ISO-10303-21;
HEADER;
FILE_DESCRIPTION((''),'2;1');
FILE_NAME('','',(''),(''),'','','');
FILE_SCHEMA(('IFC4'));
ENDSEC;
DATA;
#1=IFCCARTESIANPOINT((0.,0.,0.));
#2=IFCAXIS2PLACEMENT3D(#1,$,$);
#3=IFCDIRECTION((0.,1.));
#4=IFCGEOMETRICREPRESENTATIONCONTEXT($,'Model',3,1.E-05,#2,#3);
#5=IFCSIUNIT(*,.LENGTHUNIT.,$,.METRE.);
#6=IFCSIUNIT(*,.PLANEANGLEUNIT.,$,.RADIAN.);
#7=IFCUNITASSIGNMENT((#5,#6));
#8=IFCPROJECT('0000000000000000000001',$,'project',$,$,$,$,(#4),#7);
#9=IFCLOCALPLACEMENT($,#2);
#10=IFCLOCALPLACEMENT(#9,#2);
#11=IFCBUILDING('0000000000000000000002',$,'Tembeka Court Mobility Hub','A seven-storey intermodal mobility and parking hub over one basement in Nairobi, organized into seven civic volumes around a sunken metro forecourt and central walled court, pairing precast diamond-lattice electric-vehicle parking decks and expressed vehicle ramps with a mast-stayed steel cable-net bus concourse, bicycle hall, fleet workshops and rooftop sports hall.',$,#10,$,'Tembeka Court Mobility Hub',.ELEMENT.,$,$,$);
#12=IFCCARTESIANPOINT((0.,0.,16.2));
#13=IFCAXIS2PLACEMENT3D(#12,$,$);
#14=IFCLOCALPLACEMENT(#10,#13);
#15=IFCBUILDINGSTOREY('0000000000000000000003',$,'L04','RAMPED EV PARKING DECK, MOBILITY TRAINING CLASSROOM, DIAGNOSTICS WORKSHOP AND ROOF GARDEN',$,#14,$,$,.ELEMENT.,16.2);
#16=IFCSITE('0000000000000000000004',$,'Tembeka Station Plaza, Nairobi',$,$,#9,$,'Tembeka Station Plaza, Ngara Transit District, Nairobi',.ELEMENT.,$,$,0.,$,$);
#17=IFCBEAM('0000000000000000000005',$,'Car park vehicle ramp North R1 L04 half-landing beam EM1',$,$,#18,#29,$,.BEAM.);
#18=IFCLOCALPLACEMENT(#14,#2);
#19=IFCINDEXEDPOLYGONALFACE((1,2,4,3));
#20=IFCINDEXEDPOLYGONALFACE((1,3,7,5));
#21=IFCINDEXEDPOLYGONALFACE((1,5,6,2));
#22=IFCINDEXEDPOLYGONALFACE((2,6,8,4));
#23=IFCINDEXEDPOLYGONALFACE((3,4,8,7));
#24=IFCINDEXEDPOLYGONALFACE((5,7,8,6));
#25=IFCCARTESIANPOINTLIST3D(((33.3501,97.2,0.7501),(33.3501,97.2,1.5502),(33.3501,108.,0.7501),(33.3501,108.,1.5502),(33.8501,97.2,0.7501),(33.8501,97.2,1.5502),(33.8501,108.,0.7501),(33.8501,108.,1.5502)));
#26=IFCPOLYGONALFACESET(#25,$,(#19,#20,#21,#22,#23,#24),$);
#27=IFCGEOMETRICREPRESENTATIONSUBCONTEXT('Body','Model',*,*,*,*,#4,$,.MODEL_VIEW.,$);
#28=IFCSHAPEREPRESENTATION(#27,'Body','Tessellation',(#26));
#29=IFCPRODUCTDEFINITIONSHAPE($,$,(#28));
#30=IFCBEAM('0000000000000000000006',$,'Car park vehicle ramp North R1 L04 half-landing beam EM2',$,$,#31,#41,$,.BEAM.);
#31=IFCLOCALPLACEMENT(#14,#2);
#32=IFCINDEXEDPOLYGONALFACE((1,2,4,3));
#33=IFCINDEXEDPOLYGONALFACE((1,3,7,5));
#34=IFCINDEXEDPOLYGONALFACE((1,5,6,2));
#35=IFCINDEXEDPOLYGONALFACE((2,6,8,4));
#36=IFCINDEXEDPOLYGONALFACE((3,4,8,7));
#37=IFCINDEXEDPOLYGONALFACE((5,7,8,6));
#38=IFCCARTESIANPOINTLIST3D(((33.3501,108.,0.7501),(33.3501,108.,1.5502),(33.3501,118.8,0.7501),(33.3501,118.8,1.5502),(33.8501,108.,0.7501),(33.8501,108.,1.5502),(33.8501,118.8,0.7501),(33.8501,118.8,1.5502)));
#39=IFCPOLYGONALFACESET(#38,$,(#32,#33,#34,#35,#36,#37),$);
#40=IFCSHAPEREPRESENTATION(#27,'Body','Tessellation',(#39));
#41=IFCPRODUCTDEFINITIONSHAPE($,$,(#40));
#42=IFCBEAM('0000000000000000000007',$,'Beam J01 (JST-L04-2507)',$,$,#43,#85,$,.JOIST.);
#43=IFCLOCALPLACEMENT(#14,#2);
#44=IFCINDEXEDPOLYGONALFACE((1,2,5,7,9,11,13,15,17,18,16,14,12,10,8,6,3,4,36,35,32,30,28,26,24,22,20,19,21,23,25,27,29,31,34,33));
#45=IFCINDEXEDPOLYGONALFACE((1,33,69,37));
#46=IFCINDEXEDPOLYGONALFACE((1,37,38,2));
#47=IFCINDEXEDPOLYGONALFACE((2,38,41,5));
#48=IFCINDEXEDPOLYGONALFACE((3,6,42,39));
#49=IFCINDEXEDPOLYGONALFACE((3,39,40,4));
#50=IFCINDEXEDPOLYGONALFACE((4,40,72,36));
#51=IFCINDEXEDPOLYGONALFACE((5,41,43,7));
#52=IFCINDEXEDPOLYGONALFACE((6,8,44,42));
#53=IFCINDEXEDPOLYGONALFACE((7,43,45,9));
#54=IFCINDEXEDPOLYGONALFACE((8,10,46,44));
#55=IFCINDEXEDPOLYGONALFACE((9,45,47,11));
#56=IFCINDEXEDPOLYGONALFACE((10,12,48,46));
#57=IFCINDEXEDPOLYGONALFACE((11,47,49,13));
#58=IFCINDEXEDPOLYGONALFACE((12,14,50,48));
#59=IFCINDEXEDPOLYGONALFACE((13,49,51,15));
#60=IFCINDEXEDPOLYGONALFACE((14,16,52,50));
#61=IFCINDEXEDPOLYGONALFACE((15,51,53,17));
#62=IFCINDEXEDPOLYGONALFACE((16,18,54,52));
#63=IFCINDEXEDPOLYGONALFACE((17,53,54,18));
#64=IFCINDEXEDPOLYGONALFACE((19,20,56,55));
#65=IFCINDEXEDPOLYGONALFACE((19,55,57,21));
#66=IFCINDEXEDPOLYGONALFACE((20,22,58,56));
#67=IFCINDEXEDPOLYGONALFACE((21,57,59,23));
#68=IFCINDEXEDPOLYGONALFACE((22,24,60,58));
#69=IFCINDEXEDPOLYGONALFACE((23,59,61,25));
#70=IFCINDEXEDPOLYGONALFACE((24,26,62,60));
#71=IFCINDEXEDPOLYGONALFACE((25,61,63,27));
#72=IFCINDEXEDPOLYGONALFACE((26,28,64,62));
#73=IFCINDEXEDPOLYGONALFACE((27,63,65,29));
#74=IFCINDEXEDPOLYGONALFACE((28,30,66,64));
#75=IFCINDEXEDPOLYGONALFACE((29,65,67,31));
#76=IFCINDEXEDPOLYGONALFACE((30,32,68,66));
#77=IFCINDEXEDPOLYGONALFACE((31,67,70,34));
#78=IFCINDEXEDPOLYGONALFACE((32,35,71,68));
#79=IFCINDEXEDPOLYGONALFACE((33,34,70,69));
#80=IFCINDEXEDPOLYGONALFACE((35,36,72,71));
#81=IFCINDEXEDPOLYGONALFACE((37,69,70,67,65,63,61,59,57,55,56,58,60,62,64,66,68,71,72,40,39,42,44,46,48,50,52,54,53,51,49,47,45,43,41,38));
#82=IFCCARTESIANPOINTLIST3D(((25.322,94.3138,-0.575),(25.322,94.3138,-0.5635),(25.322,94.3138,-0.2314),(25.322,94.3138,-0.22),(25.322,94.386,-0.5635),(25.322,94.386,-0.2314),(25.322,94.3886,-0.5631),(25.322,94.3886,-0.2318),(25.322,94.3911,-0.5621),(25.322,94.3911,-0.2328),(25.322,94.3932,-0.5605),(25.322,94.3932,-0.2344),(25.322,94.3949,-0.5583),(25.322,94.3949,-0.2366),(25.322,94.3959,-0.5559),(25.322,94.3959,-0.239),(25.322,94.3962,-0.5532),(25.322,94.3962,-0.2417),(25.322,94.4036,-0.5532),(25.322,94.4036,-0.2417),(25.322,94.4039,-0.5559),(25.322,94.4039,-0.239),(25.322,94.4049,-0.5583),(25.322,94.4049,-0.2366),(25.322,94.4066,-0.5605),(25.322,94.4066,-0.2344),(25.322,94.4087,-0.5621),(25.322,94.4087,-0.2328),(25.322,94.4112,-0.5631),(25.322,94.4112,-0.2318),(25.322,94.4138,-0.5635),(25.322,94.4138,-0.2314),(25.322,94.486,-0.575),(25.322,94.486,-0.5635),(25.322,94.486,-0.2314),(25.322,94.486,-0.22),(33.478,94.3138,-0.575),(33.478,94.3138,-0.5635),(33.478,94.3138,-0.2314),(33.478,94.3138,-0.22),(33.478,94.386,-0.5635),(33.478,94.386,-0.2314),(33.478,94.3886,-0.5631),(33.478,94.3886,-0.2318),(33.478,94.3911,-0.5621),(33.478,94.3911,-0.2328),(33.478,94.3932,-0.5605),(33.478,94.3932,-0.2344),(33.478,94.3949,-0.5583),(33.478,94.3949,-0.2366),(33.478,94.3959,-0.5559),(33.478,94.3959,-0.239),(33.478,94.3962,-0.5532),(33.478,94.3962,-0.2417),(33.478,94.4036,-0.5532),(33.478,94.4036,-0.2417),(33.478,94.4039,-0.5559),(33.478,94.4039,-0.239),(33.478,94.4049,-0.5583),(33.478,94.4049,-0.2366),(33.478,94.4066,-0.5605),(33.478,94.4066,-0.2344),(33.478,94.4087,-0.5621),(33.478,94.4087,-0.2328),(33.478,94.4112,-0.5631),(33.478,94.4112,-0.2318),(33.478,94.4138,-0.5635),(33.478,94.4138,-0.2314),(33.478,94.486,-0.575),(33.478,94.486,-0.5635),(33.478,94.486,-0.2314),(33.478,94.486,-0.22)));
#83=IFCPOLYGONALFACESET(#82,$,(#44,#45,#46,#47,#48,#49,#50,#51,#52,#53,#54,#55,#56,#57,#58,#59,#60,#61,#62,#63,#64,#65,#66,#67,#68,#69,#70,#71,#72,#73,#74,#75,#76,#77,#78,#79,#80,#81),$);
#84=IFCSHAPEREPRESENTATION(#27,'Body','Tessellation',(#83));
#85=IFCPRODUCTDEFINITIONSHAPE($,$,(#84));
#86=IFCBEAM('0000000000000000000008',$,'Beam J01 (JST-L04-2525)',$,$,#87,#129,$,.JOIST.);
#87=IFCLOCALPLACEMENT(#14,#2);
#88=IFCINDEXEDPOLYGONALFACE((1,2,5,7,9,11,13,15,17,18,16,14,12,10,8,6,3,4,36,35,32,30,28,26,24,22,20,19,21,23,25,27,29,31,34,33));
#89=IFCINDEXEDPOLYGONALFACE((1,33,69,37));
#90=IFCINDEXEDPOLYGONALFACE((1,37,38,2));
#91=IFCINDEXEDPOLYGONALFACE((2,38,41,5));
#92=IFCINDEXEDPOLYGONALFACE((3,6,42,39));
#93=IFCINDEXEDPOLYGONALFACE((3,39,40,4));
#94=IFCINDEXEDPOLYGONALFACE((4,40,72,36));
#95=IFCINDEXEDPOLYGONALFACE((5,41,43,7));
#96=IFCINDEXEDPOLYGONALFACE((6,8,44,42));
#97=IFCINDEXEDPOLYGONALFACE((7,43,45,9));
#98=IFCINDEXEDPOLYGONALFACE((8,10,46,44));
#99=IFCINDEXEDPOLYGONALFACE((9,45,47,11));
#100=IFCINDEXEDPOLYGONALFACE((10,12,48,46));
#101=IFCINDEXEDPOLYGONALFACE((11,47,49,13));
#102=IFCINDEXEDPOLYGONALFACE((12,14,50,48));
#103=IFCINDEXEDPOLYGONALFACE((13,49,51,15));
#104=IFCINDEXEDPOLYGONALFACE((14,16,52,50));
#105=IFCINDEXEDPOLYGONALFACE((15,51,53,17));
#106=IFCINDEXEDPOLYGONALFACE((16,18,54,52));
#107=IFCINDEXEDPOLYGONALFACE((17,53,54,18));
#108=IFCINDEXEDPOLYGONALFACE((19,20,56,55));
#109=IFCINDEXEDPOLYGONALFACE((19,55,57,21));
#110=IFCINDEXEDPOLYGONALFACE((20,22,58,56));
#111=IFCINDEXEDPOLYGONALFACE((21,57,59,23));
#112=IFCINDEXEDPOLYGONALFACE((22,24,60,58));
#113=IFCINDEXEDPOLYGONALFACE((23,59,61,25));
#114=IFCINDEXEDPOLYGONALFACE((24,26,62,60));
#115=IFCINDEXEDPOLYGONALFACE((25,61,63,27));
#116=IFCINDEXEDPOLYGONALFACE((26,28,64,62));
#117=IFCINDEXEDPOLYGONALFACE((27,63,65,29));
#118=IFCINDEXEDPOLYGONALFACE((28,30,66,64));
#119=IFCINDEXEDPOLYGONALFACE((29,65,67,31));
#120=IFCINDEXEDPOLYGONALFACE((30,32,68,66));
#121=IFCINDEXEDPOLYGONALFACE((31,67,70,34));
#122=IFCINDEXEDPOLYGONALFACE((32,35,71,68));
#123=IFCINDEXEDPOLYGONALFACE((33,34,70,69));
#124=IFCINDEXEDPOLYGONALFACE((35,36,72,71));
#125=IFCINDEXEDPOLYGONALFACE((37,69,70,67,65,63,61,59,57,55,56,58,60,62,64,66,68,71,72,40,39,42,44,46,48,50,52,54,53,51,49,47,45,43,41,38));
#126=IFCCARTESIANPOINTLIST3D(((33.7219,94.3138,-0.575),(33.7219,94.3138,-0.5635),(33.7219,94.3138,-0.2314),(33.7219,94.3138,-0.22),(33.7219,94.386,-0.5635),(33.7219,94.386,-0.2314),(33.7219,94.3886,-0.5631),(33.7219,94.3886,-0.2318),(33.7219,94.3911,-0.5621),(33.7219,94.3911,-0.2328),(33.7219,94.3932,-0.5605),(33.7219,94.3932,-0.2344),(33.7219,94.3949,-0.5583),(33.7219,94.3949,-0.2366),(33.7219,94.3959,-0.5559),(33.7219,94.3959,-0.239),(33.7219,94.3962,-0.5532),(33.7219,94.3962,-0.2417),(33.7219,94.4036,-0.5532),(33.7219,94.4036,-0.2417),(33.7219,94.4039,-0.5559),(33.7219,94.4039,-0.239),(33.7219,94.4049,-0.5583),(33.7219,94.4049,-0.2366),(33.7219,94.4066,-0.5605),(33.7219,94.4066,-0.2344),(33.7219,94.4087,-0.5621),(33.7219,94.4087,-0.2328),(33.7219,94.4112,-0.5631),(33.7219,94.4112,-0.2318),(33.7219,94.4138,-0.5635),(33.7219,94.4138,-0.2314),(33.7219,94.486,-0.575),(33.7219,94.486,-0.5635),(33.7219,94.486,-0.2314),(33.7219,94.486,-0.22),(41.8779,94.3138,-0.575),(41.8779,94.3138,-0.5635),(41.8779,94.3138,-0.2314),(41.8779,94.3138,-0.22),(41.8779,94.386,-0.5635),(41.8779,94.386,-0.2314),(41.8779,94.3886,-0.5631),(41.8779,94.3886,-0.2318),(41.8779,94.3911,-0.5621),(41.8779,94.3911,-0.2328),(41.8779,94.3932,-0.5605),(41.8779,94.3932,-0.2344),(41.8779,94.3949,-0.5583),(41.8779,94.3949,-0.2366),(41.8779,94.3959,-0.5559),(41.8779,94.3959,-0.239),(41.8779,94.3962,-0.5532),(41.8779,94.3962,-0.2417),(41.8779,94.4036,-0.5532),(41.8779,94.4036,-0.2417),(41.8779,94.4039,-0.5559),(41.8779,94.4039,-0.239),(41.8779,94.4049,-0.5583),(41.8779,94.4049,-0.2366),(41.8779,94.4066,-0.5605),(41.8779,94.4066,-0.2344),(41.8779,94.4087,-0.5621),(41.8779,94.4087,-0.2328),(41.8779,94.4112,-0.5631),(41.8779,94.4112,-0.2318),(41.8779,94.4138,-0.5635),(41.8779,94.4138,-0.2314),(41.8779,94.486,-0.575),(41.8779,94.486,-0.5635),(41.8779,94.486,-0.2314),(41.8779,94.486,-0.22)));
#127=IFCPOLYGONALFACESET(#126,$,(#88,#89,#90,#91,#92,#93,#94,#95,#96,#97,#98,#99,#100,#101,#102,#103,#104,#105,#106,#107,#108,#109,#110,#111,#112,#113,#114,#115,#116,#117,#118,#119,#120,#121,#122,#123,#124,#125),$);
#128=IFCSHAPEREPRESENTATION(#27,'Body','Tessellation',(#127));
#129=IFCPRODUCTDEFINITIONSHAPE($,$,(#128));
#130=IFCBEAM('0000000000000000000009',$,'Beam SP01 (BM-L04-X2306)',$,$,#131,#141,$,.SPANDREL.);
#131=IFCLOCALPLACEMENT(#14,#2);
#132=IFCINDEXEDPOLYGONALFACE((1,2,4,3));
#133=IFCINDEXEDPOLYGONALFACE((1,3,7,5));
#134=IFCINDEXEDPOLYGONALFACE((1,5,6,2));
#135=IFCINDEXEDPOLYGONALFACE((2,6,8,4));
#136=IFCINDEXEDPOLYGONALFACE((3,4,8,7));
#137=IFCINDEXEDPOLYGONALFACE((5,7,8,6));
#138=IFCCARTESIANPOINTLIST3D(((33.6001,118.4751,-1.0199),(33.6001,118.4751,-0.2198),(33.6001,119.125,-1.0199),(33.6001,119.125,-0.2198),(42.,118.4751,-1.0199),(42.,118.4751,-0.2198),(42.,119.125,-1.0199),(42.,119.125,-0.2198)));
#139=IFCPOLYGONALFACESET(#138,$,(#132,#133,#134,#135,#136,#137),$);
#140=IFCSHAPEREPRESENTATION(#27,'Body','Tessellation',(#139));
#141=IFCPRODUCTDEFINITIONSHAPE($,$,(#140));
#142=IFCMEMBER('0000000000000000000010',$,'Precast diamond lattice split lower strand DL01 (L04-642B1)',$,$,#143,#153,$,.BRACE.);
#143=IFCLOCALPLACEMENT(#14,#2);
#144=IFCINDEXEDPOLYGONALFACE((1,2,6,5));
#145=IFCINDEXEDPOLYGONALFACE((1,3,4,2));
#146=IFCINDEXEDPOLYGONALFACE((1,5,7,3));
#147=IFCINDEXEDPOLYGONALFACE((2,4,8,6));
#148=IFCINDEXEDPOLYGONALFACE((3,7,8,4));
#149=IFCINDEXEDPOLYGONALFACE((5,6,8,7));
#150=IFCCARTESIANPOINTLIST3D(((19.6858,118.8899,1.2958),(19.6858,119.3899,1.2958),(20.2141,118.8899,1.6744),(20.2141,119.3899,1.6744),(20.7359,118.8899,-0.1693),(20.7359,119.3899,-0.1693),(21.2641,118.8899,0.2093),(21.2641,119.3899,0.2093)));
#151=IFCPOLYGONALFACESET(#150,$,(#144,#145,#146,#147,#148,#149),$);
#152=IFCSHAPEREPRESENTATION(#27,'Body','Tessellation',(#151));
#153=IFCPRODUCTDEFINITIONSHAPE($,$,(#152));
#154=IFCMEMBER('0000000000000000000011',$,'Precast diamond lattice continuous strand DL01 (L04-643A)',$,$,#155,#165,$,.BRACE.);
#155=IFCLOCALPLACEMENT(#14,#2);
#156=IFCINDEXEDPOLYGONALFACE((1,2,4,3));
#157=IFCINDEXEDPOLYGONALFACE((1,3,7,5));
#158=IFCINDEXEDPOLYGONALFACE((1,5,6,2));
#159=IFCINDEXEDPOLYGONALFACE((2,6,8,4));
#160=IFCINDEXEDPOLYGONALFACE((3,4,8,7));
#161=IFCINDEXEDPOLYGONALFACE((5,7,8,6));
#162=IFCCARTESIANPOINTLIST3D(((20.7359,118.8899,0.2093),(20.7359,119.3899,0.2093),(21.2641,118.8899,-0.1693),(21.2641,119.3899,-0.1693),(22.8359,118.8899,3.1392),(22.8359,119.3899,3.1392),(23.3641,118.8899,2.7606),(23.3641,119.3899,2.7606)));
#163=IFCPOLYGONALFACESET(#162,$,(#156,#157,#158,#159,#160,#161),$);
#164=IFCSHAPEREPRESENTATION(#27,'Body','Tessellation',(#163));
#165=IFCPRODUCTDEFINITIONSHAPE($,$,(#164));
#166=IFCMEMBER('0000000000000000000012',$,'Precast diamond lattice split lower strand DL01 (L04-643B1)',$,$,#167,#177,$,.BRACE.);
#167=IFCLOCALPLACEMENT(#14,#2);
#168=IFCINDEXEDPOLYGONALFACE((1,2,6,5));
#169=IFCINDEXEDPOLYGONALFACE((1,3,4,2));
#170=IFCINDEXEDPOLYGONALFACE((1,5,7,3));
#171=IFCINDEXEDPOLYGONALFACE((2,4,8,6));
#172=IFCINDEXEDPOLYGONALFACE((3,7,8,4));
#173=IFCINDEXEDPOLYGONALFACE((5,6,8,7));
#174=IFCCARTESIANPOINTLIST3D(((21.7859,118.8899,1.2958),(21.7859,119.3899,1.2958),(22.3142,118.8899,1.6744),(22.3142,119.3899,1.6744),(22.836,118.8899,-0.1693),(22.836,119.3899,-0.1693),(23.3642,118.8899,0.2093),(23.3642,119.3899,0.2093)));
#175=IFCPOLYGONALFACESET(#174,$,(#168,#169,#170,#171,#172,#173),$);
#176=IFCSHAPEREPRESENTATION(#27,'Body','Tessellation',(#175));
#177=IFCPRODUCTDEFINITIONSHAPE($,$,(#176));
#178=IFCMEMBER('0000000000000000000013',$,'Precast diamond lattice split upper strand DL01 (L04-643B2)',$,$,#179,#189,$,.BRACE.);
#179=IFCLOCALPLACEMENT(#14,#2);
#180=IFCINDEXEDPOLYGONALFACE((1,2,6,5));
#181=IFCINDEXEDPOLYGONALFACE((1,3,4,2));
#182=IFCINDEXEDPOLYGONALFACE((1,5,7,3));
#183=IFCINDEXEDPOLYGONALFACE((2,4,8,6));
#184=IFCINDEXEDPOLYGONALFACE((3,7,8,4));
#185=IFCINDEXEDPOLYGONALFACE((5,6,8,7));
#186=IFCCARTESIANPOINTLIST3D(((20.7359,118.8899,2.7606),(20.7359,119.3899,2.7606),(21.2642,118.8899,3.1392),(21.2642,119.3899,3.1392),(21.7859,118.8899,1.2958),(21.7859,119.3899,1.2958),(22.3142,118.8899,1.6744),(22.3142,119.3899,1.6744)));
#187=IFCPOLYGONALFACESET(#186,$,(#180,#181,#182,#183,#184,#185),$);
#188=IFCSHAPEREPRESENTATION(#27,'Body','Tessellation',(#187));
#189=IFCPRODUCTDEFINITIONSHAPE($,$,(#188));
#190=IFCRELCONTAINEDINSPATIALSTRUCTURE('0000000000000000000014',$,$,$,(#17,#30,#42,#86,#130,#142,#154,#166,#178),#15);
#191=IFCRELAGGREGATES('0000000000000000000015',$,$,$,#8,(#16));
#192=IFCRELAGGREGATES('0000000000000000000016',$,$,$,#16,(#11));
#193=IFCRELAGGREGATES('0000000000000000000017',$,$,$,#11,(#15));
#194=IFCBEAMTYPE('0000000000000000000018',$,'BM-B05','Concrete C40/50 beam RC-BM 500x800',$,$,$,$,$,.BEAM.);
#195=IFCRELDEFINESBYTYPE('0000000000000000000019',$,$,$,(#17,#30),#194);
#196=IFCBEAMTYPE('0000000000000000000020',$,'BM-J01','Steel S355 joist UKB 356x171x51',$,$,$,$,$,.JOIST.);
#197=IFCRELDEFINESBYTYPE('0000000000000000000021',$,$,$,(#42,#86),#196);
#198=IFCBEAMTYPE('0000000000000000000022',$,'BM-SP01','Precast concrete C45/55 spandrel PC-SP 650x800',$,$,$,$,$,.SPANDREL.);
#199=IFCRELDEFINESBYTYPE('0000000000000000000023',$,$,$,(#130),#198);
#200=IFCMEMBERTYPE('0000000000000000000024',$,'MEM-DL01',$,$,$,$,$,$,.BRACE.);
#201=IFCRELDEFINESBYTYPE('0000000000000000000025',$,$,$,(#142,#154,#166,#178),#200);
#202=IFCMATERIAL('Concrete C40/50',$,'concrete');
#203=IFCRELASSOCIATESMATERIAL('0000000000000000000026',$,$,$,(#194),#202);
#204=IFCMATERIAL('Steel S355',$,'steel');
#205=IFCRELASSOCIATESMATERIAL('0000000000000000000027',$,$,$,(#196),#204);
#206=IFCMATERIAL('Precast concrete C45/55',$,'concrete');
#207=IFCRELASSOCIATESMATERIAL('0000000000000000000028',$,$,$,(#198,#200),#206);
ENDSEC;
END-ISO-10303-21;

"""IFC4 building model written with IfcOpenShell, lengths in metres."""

from ifc_helpers import new_model, si_unit, direction, frame, origin, origin_2d, place, context, subcontext, project, spatial, rectangle, i_section, extrude, material, material_profile, profile_set, type_object, element, save


model = new_model("IFC4")

# Units and contexts
model_context = context("Model", 3, precision=1e-05, world=origin(), true_north=direction((0.0, 1.0)))
body_context = subcontext(model_context, "Body", "Model", "MODEL_VIEW")
ifc_project = project(units=[si_unit("LENGTHUNIT", "METRE"), si_unit("PLANEANGLEUNIT", "RADIAN")], contexts=[model_context])

# Site, building, storey
site_placement = place(None, origin())
site = spatial("IfcSite", under=ifc_project, at=site_placement, Name="Tembeka Station Plaza, Nairobi", LongName="Tembeka Station Plaza, Ngara Transit District, Nairobi", CompositionType="ELEMENT", RefElevation=0.0)
building_placement = place(site_placement, origin())
building = spatial("IfcBuilding", under=site, at=building_placement, Name="Tembeka Court Mobility Hub", Description="A seven-storey intermodal mobility and parking hub over one basement in Nairobi, organized into seven civic volumes around a sunken metro forecourt and central walled court, pairing precast diamond-lattice electric-vehicle parking decks and expressed vehicle ramps with a mast-stayed steel cable-net bus concourse, bicycle hall, fleet workshops and rooftop sports hall.", LongName="Tembeka Court Mobility Hub", CompositionType="ELEMENT")
storey_placement = place(building_placement, frame((0.0, 0.0, 16.2)))
storey = spatial("IfcBuildingStorey", under=building, at=storey_placement, Name="L04", Description="RAMPED EV PARKING DECK, MOBILITY TRAINING CLASSROOM, DIAGNOSTICS WORKSHOP AND ROOF GARDEN", CompositionType="ELEMENT", Elevation=16.2)

# Shared definitions
ifc_material_1 = material(Name="Steel S355", Category="steel")

# Beams
ifc_material_2 = material(Name="Concrete C40/50", Category="concrete")
ifc_material_profile_1 = material_profile(ifc_material_2, rectangle(XDim=0.5, YDim=0.8, at=origin_2d()), Name="RC-BM 500x800")
ifc_profile_set_1 = profile_set([ifc_material_profile_1], Name="Concrete C40/50")
beam_type_1 = type_object("IfcBeamType", Name="BM-B05", Description="Concrete C40/50 beam RC-BM 500x800", PredefinedType="BEAM", material=ifc_profile_set_1)
for number, where, z_axis, x_axis, name in (
    (1, (33.6001, 97.2, 1.1501), (0.0, 1.0, 0.0), (-1.0, 0.0, 0.0), "Car park vehicle ramp North R1 L04 half-landing beam EM1"),
    (2, (33.6001, 108.0, 1.1501), (0.0, 1.0, 0.0), (-1.0, 0.0, 0.0), "Car park vehicle ramp North R1 L04 half-landing beam EM2"),
):
    element("IfcBeam", number, at=place(storey_placement, frame(where, z_axis=z_axis, x_axis=x_axis)), inside=storey, type_object=beam_type_1, Name=name, PredefinedType="BEAM", context=body_context, shape_type="SweptSolid", body=[
        extrude(rectangle(XDim=0.5, YDim=0.8, at=origin_2d()), origin(), (0.0, 0.0, 1.0), 10.8),
    ])
ifc_material_profile_2 = material_profile(ifc_material_1, i_section(OverallWidth=0.1721, OverallDepth=0.355, WebThickness=0.0073, FlangeThickness=0.0115, FilletRadius=0.0103, at=origin_2d()), Name="UKB 356x171x51")
ifc_profile_set_2 = profile_set([ifc_material_profile_2], Name="Steel S355")
beam_type_2 = type_object("IfcBeamType", Name="BM-J01", Description="Steel S355 joist UKB 356x171x51", PredefinedType="JOIST", material=ifc_profile_set_2)
for number, where, z_axis, x_axis, name in (
    (3, (25.322, 94.3999, -0.3975), (1.0, 0.0, 0.0), (0.0, 1.0, 0.0), "Beam J01 (JST-L04-2507)"),
    (4, (33.7219, 94.3999, -0.3975), (1.0, 0.0, 0.0), (0.0, 1.0, 0.0), "Beam J01 (JST-L04-2525)"),
):
    element("IfcBeam", number, at=place(storey_placement, frame(where, z_axis=z_axis, x_axis=x_axis)), inside=storey, type_object=beam_type_2, Name=name, PredefinedType="JOIST", context=body_context, shape_type="SweptSolid", body=[
        extrude(i_section(OverallWidth=0.1721, OverallDepth=0.355, WebThickness=0.0073, FlangeThickness=0.0115, FilletRadius=0.0103, at=origin_2d()), origin(), (0.0, 0.0, 1.0), 8.156),
    ])
ifc_material_3 = material(Name="Precast concrete C45/55", Category="concrete")
ifc_material_profile_3 = material_profile(ifc_material_3, rectangle(XDim=0.6499, YDim=0.8, at=origin_2d()), Name="PC-SP 650x800")
ifc_profile_set_3 = profile_set([ifc_material_profile_3], Name="Precast concrete C45/55")
beam_type_3 = type_object("IfcBeamType", Name="BM-SP01", Description="Precast concrete C45/55 spandrel PC-SP 650x800", PredefinedType="SPANDREL", material=ifc_profile_set_3)
beam_1_placement = place(storey_placement, frame((33.6001, 118.8, -0.6199), z_axis=(1.0, 0.0, 0.0), x_axis=(0.0, 1.0, 0.0)))
element("IfcBeam", 5, at=beam_1_placement, inside=storey, type_object=beam_type_3, Name="Beam SP01 (BM-L04-X2306)", PredefinedType="SPANDREL", context=body_context, shape_type="SweptSolid", body=[
    extrude(rectangle(XDim=0.6499, YDim=0.8, at=origin_2d()), origin(), (0.0, 0.0, 1.0), 8.3999),
])

# Members
ifc_material_profile_4 = material_profile(ifc_material_3, rectangle(XDim=0.5, YDim=0.6499, at=origin_2d()), Name="PC-DIAG 500x650")
ifc_profile_set_4 = profile_set([ifc_material_profile_4], Name="Precast concrete C45/55")
member_type_1 = type_object("IfcMemberType", Name="MEM-DL01", PredefinedType="BRACE", material=ifc_profile_set_4)
member_1_placement = place(storey_placement, frame((21.0, 119.1399, 0.02), z_axis=(-0.582544, 0.0, 0.812799), x_axis=(0.0, -1.0, 0.0)))
element("IfcMember", 6, at=member_1_placement, inside=storey, type_object=member_type_1, Name="Precast diamond lattice split lower strand DL01 (L04-642B1)", PredefinedType="BRACE", context=body_context, shape_type="SweptSolid", body=[
    extrude(rectangle(XDim=0.5, YDim=0.6499, at=origin_2d()), origin(), (0.0, 0.0, 1.0), 1.8025),
])
member_2_placement = place(storey_placement, frame((21.0, 119.1399, 0.02), z_axis=(0.582576, 0.0, 0.812776), x_axis=(0.0, 1.0, 0.0)))
element("IfcMember", 7, at=member_2_placement, inside=storey, type_object=member_type_1, Name="Precast diamond lattice continuous strand DL01 (L04-643A)", PredefinedType="BRACE", context=body_context, shape_type="SweptSolid", body=[
    extrude(rectangle(XDim=0.5, YDim=0.6499, at=origin_2d()), origin(), (0.0, 0.0, 1.0), 3.6047),
])
member_3_placement = place(storey_placement, frame((23.1001, 119.1399, 0.02), z_axis=(-0.582544, 0.0, 0.812799), x_axis=(0.0, -1.0, 0.0)))
element("IfcMember", 8, at=member_3_placement, inside=storey, type_object=member_type_1, Name="Precast diamond lattice split lower strand DL01 (L04-643B1)", PredefinedType="BRACE", context=body_context, shape_type="SweptSolid", body=[
    extrude(rectangle(XDim=0.5, YDim=0.6499, at=origin_2d()), origin(), (0.0, 0.0, 1.0), 1.8025),
])
member_4_placement = place(storey_placement, frame((22.05, 119.1399, 1.4851), z_axis=(-0.582608, 0.0, 0.812753), x_axis=(0.0, -1.0, 0.0)))
element("IfcMember", 9, at=member_4_placement, inside=storey, type_object=member_type_1, Name="Precast diamond lattice split upper strand DL01 (L04-643B2)", PredefinedType="BRACE", context=body_context, shape_type="SweptSolid", body=[
    extrude(rectangle(XDim=0.5, YDim=0.6499, at=origin_2d()), origin(), (0.0, 0.0, 1.0), 1.8022),
])

save(model, "model.ifc")
